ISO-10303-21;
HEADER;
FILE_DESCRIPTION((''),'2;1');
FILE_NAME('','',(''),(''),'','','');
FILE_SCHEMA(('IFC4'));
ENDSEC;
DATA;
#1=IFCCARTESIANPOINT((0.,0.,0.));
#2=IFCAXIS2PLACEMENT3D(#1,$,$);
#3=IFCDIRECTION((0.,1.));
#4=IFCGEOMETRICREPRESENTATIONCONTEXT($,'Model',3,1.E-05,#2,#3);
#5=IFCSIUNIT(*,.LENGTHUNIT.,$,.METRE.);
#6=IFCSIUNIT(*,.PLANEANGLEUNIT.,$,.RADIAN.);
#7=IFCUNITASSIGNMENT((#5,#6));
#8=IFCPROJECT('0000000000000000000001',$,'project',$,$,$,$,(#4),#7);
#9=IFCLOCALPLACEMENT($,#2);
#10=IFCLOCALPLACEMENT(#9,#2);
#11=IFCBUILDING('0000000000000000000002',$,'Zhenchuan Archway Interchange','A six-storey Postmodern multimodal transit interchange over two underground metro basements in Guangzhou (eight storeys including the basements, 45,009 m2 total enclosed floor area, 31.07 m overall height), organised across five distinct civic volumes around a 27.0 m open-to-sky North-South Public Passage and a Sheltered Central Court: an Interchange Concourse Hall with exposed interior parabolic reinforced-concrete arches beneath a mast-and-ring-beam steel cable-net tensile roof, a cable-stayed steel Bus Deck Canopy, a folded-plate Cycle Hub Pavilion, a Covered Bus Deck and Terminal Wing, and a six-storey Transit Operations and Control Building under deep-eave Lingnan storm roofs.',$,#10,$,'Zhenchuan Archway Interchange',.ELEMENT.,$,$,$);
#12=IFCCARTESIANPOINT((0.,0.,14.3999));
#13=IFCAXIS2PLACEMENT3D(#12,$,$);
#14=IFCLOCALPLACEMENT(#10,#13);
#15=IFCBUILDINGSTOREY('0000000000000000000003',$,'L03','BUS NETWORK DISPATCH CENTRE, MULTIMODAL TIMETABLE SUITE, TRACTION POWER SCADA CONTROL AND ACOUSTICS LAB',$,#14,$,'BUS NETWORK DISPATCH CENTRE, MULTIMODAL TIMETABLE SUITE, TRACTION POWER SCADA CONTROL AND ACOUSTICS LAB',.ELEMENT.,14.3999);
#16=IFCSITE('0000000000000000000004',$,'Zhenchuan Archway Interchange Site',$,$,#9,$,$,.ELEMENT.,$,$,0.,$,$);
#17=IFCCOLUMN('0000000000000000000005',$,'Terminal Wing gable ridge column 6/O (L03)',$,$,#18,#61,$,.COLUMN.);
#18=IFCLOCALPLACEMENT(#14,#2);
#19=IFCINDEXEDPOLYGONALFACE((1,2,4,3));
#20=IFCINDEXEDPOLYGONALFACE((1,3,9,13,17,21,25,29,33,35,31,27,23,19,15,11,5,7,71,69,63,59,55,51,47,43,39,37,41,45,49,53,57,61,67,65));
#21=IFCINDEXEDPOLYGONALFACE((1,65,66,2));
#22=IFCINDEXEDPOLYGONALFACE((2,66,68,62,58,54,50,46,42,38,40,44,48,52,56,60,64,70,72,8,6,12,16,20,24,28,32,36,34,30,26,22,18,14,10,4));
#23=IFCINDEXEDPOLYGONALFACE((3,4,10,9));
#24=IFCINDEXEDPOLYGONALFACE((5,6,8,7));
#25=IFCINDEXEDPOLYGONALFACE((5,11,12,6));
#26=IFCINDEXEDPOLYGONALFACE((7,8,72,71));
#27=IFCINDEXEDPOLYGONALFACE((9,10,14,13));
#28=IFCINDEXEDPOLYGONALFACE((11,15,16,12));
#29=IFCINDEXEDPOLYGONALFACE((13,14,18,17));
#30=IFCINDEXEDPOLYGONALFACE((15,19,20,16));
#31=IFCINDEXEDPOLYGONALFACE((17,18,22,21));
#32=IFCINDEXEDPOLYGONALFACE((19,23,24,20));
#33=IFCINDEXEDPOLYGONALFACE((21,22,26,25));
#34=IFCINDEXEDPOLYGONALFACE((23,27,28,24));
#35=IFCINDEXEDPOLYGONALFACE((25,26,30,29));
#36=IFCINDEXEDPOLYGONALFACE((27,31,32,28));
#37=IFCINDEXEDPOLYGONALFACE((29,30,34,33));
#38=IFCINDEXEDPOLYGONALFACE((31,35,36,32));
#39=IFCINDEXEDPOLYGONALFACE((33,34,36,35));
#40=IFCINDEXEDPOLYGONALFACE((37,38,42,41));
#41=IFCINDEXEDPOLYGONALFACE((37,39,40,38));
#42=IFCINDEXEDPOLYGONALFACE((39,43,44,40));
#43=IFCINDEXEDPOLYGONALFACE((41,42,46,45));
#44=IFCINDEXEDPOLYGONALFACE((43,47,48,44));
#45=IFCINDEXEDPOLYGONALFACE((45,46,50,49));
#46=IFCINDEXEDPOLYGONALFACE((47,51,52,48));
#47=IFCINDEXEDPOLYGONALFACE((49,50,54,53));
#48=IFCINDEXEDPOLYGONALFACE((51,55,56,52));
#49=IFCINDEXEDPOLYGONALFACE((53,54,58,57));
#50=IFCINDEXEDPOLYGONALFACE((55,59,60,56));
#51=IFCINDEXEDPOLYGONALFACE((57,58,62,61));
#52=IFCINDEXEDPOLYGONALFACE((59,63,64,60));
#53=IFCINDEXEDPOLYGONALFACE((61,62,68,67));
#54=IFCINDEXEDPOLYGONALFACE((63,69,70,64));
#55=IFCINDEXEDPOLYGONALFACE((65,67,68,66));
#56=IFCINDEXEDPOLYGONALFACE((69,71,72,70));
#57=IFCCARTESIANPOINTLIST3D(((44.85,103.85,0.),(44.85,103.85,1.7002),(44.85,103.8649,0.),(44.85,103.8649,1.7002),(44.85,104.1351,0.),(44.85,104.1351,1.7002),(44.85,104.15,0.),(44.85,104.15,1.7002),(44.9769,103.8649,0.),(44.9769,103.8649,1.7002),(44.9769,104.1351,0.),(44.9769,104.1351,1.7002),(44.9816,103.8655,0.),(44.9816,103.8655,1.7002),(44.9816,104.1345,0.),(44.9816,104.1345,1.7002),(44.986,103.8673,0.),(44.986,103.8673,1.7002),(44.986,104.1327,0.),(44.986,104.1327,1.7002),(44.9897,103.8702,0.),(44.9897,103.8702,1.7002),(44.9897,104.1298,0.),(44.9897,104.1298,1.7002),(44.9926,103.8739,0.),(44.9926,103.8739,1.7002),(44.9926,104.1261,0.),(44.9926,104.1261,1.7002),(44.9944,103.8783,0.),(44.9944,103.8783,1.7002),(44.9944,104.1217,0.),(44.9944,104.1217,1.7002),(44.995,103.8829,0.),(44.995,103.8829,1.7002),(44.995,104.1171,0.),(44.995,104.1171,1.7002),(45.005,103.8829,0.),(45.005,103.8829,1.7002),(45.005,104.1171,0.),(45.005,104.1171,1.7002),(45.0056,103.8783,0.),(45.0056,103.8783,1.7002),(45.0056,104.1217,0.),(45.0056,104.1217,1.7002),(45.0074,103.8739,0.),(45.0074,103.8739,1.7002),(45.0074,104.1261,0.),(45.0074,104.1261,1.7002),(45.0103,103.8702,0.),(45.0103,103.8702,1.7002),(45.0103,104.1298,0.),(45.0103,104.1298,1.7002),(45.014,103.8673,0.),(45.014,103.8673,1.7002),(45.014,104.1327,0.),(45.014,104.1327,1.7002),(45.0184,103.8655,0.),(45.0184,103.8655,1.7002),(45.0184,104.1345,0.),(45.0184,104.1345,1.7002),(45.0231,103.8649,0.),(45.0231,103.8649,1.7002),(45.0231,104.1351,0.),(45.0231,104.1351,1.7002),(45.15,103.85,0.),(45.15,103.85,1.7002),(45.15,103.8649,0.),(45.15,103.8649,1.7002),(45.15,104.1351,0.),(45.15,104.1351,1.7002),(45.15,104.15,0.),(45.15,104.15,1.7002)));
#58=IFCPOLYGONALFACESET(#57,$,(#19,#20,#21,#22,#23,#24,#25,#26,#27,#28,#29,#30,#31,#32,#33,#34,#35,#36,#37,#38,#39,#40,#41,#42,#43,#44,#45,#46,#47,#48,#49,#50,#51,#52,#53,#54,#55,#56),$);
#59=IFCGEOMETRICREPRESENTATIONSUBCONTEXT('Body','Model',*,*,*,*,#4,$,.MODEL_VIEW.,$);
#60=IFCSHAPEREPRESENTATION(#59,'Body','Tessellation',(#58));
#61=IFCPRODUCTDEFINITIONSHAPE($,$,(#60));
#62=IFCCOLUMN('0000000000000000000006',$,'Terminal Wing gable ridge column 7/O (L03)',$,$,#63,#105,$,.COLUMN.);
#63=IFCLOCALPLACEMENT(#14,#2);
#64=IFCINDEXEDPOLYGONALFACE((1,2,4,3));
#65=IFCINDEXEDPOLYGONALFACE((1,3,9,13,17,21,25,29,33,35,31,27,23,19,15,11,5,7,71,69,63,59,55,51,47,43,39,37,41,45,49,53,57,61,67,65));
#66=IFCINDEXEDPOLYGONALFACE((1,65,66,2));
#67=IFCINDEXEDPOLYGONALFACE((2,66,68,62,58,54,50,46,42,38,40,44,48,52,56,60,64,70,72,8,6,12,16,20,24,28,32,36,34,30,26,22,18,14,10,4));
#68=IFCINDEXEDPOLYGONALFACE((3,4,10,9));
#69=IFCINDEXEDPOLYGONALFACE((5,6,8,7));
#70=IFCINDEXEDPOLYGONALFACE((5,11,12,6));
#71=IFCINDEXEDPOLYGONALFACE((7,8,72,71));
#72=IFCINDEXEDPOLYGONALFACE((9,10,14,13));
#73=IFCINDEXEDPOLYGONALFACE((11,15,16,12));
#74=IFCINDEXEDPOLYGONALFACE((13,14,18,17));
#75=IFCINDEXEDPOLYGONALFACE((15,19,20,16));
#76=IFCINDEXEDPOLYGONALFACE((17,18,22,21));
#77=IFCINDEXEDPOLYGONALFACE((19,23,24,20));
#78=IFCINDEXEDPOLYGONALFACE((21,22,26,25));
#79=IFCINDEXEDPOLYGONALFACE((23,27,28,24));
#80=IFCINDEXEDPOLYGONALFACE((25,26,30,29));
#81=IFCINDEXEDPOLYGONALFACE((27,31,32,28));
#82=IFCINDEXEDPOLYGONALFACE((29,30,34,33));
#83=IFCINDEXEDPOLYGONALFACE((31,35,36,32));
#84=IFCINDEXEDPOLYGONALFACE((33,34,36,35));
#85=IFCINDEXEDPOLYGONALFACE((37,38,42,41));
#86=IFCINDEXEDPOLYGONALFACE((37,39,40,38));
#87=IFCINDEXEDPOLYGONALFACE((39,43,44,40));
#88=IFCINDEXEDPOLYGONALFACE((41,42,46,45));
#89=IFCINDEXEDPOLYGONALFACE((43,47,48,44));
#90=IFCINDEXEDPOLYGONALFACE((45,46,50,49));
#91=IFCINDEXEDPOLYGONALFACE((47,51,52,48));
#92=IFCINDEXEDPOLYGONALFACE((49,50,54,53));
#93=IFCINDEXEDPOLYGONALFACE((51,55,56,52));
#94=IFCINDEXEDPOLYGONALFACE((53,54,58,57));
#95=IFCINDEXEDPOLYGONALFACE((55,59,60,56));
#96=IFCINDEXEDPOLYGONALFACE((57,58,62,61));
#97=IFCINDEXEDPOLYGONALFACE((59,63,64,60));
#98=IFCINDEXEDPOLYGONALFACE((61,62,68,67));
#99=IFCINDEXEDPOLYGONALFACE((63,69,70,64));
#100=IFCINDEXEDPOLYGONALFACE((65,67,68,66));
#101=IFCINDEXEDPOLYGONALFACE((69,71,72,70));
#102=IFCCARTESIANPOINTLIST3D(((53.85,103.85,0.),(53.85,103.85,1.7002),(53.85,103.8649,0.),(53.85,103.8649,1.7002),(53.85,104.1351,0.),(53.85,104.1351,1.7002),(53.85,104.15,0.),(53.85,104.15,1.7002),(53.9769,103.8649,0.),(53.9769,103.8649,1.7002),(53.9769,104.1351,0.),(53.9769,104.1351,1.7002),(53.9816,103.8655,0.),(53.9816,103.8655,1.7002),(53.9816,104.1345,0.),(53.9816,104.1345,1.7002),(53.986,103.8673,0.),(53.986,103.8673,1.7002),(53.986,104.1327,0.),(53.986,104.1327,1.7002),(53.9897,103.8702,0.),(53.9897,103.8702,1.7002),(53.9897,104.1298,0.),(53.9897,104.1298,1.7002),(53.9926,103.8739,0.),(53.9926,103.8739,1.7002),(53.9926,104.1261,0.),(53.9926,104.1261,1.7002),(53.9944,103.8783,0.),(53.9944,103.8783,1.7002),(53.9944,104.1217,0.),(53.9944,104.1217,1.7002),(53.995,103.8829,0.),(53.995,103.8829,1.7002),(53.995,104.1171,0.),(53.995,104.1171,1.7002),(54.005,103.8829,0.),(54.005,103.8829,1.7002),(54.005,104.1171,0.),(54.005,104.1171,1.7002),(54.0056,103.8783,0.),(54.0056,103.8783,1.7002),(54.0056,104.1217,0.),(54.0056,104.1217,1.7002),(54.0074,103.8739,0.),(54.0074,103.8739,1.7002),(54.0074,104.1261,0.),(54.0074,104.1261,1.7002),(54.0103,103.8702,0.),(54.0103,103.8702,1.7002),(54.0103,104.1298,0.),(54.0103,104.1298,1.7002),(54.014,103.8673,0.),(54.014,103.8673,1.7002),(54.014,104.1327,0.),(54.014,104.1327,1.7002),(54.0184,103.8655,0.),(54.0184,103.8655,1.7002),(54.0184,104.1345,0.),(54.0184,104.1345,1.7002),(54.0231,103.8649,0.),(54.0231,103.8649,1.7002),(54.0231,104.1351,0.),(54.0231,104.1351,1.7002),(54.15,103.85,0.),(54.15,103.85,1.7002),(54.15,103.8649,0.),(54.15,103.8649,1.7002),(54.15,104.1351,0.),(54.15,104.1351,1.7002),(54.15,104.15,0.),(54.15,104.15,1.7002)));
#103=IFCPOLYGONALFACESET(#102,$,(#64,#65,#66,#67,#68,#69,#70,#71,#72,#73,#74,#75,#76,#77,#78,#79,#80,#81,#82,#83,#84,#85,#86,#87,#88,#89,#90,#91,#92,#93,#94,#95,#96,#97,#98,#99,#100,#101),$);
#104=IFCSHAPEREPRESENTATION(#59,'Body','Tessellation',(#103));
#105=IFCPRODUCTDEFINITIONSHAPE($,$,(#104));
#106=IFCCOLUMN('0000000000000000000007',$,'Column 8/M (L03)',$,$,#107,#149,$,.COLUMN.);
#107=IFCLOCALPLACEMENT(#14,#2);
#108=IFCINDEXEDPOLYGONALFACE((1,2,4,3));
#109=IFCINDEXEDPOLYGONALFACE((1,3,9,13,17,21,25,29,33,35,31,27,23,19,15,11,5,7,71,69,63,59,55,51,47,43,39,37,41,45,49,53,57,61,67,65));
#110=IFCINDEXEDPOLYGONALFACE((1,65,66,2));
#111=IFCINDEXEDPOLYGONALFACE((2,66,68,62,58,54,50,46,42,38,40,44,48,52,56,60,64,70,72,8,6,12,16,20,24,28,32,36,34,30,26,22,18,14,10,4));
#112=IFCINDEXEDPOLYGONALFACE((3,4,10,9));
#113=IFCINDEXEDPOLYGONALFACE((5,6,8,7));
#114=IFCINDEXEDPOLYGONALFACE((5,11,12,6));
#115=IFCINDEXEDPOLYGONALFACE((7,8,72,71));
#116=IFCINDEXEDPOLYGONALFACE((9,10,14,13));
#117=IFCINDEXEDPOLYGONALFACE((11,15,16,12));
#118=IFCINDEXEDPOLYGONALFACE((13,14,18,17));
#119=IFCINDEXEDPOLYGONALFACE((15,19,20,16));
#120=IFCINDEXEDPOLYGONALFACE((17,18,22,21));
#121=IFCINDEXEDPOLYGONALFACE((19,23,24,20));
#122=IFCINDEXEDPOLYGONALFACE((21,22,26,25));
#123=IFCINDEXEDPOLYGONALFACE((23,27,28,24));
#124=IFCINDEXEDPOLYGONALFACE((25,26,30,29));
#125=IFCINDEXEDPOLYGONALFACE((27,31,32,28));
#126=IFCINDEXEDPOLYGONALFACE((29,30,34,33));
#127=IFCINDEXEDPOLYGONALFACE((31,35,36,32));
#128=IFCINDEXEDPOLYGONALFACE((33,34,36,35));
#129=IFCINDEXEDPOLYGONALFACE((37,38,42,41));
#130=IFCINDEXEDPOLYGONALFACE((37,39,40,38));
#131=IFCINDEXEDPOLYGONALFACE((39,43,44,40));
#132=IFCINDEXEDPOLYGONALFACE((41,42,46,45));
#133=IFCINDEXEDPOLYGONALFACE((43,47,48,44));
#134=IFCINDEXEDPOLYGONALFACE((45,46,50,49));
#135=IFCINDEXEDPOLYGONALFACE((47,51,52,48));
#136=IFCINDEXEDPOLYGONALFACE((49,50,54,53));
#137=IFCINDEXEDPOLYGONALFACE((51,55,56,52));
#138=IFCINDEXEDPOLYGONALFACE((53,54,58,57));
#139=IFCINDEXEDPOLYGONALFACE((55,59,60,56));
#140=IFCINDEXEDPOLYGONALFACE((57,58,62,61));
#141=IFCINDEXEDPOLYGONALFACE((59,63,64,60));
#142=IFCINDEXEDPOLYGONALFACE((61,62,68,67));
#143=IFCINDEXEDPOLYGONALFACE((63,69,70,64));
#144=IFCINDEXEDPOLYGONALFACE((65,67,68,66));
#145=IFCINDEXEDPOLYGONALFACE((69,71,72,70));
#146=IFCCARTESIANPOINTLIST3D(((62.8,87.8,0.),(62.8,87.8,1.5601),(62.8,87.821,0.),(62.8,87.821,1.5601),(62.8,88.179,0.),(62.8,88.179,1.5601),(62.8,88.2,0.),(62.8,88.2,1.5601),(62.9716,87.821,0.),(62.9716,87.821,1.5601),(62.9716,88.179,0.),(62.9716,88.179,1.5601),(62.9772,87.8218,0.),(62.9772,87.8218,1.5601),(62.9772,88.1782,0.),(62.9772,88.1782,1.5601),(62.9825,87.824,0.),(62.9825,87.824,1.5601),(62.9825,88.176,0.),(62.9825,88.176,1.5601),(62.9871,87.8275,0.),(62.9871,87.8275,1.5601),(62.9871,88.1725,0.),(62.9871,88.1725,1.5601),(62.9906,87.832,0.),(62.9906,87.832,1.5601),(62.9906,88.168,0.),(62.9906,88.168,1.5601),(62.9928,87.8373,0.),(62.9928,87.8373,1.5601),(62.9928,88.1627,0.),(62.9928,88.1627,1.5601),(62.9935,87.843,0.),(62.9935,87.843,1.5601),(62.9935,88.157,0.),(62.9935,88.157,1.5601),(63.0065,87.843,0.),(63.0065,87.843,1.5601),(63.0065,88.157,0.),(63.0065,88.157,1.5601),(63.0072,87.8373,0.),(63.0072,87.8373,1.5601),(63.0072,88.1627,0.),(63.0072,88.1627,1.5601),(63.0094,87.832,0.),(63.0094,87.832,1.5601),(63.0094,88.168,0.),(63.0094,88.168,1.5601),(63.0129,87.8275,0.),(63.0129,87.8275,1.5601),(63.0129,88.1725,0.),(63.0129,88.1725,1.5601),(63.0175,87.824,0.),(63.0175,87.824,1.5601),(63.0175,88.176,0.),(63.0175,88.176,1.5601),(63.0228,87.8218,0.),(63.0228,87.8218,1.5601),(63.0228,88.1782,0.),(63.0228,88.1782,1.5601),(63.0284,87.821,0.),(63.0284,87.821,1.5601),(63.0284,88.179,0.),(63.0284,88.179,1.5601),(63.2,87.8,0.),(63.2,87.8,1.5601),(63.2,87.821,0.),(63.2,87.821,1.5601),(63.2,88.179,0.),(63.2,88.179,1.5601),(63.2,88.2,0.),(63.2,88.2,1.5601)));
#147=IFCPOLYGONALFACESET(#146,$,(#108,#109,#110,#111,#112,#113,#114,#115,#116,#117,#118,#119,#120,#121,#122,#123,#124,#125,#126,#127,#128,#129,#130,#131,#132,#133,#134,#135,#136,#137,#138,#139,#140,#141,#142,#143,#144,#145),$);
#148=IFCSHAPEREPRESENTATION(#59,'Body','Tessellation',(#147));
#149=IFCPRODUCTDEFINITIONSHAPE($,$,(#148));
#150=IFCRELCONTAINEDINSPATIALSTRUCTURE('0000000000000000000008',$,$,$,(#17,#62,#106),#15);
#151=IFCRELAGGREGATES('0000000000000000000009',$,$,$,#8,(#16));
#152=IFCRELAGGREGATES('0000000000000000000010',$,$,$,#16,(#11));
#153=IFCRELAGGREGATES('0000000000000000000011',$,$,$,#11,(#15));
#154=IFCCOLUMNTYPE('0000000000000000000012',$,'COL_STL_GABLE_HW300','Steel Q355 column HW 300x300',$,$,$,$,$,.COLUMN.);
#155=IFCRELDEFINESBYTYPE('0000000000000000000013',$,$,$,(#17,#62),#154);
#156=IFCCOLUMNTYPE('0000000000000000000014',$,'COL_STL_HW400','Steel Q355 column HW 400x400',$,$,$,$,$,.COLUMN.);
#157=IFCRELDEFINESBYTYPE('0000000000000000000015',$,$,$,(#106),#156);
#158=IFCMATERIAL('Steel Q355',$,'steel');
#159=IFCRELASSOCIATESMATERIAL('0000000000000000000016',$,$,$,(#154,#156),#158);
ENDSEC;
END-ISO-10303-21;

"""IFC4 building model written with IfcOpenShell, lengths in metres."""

from ifc_helpers import new_model, si_unit, direction, frame, origin, origin_2d, place, context, subcontext, project, spatial, i_section, extrude, material, material_profile, profile_set, type_object, element, save


model = new_model("IFC4")

# Units and contexts
model_context = context("Model", 3, precision=1e-05, world=origin(), true_north=direction((0.0, 1.0)))
body_context = subcontext(model_context, "Body", "Model", "MODEL_VIEW")
ifc_project = project(units=[si_unit("LENGTHUNIT", "METRE"), si_unit("PLANEANGLEUNIT", "RADIAN")], contexts=[model_context])

# Site, building, storey
site_placement = place(None, origin())
site = spatial("IfcSite", under=ifc_project, at=site_placement, Name="Zhenchuan Archway Interchange Site", CompositionType="ELEMENT", RefElevation=0.0)
building_placement = place(site_placement, origin())
building = spatial("IfcBuilding", under=site, at=building_placement, Name="Zhenchuan Archway Interchange", Description="A six-storey Postmodern multimodal transit interchange over two underground metro basements in Guangzhou (eight storeys including the basements, 45,009 m2 total enclosed floor area, 31.07 m overall height), organised across five distinct civic volumes around a 27.0 m open-to-sky North-South Public Passage and a Sheltered Central Court: an Interchange Concourse Hall with exposed interior parabolic reinforced-concrete arches beneath a mast-and-ring-beam steel cable-net tensile roof, a cable-stayed steel Bus Deck Canopy, a folded-plate Cycle Hub Pavilion, a Covered Bus Deck and Terminal Wing, and a six-storey Transit Operations and Control Building under deep-eave Lingnan storm roofs.", LongName="Zhenchuan Archway Interchange", CompositionType="ELEMENT")
storey_placement = place(building_placement, frame((0.0, 0.0, 14.3999)))
storey = spatial("IfcBuildingStorey", under=building, at=storey_placement, Name="L03", Description="BUS NETWORK DISPATCH CENTRE, MULTIMODAL TIMETABLE SUITE, TRACTION POWER SCADA CONTROL AND ACOUSTICS LAB", LongName="BUS NETWORK DISPATCH CENTRE, MULTIMODAL TIMETABLE SUITE, TRACTION POWER SCADA CONTROL AND ACOUSTICS LAB", CompositionType="ELEMENT", Elevation=14.3999)

# Columns
ifc_material_1 = material(Name="Steel Q355", Category="steel")
ifc_material_profile_1 = material_profile(ifc_material_1, i_section(OverallWidth=0.3, OverallDepth=0.3, WebThickness=0.01, FlangeThickness=0.0149, FilletRadius=0.0181, at=origin_2d()), Name="HW 300x300")
ifc_profile_set_1 = profile_set([ifc_material_profile_1], Name="Steel Q355")
column_type_1 = type_object("IfcColumnType", Name="COL_STL_GABLE_HW300", Description="Steel Q355 column HW 300x300", PredefinedType="COLUMN", material=ifc_profile_set_1)
for number, where, z_axis, x_axis, name in (
    (1, (45.0, 104.0, 0.0), (0.0, 0.0, 1.0), (1.0, 0.0, 0.0), "Terminal Wing gable ridge column 6/O (L03)"),
    (2, (54.0, 104.0, 0.0), (0.0, 0.0, 1.0), (1.0, 0.0, 0.0), "Terminal Wing gable ridge column 7/O (L03)"),
):
    element("IfcColumn", number, at=place(storey_placement, frame(where, z_axis=z_axis, x_axis=x_axis)), inside=storey, type_object=column_type_1, Name=name, PredefinedType="COLUMN", context=body_context, shape_type="SweptSolid", body=[
        extrude(i_section(OverallWidth=0.3, OverallDepth=0.3, WebThickness=0.01, FlangeThickness=0.0149, FilletRadius=0.0181, at=origin_2d()), origin(), (0.0, 0.0, 1.0), 1.7002),
    ])
ifc_material_profile_2 = material_profile(ifc_material_1, i_section(OverallWidth=0.3999, OverallDepth=0.3999, WebThickness=0.0129, FlangeThickness=0.021, FilletRadius=0.022, at=origin_2d()), Name="HW 400x400")
ifc_profile_set_2 = profile_set([ifc_material_profile_2], Name="Steel Q355")
column_type_2 = type_object("IfcColumnType", Name="COL_STL_HW400", Description="Steel Q355 column HW 400x400", PredefinedType="COLUMN", material=ifc_profile_set_2)
column_placement = place(storey_placement, frame((63.0, 88.0, 0.0), z_axis=(0.0, 0.0, 1.0), x_axis=(1.0, 0.0, 0.0)))
element("IfcColumn", 3, at=column_placement, inside=storey, type_object=column_type_2, Name="Column 8/M (L03)", PredefinedType="COLUMN", context=body_context, shape_type="SweptSolid", body=[
    extrude(i_section(OverallWidth=0.3999, OverallDepth=0.3999, WebThickness=0.0129, FlangeThickness=0.021, FilletRadius=0.022, at=origin_2d()), origin(), (0.0, 0.0, 1.0), 1.5601),
])

save(model, "model.ifc")
